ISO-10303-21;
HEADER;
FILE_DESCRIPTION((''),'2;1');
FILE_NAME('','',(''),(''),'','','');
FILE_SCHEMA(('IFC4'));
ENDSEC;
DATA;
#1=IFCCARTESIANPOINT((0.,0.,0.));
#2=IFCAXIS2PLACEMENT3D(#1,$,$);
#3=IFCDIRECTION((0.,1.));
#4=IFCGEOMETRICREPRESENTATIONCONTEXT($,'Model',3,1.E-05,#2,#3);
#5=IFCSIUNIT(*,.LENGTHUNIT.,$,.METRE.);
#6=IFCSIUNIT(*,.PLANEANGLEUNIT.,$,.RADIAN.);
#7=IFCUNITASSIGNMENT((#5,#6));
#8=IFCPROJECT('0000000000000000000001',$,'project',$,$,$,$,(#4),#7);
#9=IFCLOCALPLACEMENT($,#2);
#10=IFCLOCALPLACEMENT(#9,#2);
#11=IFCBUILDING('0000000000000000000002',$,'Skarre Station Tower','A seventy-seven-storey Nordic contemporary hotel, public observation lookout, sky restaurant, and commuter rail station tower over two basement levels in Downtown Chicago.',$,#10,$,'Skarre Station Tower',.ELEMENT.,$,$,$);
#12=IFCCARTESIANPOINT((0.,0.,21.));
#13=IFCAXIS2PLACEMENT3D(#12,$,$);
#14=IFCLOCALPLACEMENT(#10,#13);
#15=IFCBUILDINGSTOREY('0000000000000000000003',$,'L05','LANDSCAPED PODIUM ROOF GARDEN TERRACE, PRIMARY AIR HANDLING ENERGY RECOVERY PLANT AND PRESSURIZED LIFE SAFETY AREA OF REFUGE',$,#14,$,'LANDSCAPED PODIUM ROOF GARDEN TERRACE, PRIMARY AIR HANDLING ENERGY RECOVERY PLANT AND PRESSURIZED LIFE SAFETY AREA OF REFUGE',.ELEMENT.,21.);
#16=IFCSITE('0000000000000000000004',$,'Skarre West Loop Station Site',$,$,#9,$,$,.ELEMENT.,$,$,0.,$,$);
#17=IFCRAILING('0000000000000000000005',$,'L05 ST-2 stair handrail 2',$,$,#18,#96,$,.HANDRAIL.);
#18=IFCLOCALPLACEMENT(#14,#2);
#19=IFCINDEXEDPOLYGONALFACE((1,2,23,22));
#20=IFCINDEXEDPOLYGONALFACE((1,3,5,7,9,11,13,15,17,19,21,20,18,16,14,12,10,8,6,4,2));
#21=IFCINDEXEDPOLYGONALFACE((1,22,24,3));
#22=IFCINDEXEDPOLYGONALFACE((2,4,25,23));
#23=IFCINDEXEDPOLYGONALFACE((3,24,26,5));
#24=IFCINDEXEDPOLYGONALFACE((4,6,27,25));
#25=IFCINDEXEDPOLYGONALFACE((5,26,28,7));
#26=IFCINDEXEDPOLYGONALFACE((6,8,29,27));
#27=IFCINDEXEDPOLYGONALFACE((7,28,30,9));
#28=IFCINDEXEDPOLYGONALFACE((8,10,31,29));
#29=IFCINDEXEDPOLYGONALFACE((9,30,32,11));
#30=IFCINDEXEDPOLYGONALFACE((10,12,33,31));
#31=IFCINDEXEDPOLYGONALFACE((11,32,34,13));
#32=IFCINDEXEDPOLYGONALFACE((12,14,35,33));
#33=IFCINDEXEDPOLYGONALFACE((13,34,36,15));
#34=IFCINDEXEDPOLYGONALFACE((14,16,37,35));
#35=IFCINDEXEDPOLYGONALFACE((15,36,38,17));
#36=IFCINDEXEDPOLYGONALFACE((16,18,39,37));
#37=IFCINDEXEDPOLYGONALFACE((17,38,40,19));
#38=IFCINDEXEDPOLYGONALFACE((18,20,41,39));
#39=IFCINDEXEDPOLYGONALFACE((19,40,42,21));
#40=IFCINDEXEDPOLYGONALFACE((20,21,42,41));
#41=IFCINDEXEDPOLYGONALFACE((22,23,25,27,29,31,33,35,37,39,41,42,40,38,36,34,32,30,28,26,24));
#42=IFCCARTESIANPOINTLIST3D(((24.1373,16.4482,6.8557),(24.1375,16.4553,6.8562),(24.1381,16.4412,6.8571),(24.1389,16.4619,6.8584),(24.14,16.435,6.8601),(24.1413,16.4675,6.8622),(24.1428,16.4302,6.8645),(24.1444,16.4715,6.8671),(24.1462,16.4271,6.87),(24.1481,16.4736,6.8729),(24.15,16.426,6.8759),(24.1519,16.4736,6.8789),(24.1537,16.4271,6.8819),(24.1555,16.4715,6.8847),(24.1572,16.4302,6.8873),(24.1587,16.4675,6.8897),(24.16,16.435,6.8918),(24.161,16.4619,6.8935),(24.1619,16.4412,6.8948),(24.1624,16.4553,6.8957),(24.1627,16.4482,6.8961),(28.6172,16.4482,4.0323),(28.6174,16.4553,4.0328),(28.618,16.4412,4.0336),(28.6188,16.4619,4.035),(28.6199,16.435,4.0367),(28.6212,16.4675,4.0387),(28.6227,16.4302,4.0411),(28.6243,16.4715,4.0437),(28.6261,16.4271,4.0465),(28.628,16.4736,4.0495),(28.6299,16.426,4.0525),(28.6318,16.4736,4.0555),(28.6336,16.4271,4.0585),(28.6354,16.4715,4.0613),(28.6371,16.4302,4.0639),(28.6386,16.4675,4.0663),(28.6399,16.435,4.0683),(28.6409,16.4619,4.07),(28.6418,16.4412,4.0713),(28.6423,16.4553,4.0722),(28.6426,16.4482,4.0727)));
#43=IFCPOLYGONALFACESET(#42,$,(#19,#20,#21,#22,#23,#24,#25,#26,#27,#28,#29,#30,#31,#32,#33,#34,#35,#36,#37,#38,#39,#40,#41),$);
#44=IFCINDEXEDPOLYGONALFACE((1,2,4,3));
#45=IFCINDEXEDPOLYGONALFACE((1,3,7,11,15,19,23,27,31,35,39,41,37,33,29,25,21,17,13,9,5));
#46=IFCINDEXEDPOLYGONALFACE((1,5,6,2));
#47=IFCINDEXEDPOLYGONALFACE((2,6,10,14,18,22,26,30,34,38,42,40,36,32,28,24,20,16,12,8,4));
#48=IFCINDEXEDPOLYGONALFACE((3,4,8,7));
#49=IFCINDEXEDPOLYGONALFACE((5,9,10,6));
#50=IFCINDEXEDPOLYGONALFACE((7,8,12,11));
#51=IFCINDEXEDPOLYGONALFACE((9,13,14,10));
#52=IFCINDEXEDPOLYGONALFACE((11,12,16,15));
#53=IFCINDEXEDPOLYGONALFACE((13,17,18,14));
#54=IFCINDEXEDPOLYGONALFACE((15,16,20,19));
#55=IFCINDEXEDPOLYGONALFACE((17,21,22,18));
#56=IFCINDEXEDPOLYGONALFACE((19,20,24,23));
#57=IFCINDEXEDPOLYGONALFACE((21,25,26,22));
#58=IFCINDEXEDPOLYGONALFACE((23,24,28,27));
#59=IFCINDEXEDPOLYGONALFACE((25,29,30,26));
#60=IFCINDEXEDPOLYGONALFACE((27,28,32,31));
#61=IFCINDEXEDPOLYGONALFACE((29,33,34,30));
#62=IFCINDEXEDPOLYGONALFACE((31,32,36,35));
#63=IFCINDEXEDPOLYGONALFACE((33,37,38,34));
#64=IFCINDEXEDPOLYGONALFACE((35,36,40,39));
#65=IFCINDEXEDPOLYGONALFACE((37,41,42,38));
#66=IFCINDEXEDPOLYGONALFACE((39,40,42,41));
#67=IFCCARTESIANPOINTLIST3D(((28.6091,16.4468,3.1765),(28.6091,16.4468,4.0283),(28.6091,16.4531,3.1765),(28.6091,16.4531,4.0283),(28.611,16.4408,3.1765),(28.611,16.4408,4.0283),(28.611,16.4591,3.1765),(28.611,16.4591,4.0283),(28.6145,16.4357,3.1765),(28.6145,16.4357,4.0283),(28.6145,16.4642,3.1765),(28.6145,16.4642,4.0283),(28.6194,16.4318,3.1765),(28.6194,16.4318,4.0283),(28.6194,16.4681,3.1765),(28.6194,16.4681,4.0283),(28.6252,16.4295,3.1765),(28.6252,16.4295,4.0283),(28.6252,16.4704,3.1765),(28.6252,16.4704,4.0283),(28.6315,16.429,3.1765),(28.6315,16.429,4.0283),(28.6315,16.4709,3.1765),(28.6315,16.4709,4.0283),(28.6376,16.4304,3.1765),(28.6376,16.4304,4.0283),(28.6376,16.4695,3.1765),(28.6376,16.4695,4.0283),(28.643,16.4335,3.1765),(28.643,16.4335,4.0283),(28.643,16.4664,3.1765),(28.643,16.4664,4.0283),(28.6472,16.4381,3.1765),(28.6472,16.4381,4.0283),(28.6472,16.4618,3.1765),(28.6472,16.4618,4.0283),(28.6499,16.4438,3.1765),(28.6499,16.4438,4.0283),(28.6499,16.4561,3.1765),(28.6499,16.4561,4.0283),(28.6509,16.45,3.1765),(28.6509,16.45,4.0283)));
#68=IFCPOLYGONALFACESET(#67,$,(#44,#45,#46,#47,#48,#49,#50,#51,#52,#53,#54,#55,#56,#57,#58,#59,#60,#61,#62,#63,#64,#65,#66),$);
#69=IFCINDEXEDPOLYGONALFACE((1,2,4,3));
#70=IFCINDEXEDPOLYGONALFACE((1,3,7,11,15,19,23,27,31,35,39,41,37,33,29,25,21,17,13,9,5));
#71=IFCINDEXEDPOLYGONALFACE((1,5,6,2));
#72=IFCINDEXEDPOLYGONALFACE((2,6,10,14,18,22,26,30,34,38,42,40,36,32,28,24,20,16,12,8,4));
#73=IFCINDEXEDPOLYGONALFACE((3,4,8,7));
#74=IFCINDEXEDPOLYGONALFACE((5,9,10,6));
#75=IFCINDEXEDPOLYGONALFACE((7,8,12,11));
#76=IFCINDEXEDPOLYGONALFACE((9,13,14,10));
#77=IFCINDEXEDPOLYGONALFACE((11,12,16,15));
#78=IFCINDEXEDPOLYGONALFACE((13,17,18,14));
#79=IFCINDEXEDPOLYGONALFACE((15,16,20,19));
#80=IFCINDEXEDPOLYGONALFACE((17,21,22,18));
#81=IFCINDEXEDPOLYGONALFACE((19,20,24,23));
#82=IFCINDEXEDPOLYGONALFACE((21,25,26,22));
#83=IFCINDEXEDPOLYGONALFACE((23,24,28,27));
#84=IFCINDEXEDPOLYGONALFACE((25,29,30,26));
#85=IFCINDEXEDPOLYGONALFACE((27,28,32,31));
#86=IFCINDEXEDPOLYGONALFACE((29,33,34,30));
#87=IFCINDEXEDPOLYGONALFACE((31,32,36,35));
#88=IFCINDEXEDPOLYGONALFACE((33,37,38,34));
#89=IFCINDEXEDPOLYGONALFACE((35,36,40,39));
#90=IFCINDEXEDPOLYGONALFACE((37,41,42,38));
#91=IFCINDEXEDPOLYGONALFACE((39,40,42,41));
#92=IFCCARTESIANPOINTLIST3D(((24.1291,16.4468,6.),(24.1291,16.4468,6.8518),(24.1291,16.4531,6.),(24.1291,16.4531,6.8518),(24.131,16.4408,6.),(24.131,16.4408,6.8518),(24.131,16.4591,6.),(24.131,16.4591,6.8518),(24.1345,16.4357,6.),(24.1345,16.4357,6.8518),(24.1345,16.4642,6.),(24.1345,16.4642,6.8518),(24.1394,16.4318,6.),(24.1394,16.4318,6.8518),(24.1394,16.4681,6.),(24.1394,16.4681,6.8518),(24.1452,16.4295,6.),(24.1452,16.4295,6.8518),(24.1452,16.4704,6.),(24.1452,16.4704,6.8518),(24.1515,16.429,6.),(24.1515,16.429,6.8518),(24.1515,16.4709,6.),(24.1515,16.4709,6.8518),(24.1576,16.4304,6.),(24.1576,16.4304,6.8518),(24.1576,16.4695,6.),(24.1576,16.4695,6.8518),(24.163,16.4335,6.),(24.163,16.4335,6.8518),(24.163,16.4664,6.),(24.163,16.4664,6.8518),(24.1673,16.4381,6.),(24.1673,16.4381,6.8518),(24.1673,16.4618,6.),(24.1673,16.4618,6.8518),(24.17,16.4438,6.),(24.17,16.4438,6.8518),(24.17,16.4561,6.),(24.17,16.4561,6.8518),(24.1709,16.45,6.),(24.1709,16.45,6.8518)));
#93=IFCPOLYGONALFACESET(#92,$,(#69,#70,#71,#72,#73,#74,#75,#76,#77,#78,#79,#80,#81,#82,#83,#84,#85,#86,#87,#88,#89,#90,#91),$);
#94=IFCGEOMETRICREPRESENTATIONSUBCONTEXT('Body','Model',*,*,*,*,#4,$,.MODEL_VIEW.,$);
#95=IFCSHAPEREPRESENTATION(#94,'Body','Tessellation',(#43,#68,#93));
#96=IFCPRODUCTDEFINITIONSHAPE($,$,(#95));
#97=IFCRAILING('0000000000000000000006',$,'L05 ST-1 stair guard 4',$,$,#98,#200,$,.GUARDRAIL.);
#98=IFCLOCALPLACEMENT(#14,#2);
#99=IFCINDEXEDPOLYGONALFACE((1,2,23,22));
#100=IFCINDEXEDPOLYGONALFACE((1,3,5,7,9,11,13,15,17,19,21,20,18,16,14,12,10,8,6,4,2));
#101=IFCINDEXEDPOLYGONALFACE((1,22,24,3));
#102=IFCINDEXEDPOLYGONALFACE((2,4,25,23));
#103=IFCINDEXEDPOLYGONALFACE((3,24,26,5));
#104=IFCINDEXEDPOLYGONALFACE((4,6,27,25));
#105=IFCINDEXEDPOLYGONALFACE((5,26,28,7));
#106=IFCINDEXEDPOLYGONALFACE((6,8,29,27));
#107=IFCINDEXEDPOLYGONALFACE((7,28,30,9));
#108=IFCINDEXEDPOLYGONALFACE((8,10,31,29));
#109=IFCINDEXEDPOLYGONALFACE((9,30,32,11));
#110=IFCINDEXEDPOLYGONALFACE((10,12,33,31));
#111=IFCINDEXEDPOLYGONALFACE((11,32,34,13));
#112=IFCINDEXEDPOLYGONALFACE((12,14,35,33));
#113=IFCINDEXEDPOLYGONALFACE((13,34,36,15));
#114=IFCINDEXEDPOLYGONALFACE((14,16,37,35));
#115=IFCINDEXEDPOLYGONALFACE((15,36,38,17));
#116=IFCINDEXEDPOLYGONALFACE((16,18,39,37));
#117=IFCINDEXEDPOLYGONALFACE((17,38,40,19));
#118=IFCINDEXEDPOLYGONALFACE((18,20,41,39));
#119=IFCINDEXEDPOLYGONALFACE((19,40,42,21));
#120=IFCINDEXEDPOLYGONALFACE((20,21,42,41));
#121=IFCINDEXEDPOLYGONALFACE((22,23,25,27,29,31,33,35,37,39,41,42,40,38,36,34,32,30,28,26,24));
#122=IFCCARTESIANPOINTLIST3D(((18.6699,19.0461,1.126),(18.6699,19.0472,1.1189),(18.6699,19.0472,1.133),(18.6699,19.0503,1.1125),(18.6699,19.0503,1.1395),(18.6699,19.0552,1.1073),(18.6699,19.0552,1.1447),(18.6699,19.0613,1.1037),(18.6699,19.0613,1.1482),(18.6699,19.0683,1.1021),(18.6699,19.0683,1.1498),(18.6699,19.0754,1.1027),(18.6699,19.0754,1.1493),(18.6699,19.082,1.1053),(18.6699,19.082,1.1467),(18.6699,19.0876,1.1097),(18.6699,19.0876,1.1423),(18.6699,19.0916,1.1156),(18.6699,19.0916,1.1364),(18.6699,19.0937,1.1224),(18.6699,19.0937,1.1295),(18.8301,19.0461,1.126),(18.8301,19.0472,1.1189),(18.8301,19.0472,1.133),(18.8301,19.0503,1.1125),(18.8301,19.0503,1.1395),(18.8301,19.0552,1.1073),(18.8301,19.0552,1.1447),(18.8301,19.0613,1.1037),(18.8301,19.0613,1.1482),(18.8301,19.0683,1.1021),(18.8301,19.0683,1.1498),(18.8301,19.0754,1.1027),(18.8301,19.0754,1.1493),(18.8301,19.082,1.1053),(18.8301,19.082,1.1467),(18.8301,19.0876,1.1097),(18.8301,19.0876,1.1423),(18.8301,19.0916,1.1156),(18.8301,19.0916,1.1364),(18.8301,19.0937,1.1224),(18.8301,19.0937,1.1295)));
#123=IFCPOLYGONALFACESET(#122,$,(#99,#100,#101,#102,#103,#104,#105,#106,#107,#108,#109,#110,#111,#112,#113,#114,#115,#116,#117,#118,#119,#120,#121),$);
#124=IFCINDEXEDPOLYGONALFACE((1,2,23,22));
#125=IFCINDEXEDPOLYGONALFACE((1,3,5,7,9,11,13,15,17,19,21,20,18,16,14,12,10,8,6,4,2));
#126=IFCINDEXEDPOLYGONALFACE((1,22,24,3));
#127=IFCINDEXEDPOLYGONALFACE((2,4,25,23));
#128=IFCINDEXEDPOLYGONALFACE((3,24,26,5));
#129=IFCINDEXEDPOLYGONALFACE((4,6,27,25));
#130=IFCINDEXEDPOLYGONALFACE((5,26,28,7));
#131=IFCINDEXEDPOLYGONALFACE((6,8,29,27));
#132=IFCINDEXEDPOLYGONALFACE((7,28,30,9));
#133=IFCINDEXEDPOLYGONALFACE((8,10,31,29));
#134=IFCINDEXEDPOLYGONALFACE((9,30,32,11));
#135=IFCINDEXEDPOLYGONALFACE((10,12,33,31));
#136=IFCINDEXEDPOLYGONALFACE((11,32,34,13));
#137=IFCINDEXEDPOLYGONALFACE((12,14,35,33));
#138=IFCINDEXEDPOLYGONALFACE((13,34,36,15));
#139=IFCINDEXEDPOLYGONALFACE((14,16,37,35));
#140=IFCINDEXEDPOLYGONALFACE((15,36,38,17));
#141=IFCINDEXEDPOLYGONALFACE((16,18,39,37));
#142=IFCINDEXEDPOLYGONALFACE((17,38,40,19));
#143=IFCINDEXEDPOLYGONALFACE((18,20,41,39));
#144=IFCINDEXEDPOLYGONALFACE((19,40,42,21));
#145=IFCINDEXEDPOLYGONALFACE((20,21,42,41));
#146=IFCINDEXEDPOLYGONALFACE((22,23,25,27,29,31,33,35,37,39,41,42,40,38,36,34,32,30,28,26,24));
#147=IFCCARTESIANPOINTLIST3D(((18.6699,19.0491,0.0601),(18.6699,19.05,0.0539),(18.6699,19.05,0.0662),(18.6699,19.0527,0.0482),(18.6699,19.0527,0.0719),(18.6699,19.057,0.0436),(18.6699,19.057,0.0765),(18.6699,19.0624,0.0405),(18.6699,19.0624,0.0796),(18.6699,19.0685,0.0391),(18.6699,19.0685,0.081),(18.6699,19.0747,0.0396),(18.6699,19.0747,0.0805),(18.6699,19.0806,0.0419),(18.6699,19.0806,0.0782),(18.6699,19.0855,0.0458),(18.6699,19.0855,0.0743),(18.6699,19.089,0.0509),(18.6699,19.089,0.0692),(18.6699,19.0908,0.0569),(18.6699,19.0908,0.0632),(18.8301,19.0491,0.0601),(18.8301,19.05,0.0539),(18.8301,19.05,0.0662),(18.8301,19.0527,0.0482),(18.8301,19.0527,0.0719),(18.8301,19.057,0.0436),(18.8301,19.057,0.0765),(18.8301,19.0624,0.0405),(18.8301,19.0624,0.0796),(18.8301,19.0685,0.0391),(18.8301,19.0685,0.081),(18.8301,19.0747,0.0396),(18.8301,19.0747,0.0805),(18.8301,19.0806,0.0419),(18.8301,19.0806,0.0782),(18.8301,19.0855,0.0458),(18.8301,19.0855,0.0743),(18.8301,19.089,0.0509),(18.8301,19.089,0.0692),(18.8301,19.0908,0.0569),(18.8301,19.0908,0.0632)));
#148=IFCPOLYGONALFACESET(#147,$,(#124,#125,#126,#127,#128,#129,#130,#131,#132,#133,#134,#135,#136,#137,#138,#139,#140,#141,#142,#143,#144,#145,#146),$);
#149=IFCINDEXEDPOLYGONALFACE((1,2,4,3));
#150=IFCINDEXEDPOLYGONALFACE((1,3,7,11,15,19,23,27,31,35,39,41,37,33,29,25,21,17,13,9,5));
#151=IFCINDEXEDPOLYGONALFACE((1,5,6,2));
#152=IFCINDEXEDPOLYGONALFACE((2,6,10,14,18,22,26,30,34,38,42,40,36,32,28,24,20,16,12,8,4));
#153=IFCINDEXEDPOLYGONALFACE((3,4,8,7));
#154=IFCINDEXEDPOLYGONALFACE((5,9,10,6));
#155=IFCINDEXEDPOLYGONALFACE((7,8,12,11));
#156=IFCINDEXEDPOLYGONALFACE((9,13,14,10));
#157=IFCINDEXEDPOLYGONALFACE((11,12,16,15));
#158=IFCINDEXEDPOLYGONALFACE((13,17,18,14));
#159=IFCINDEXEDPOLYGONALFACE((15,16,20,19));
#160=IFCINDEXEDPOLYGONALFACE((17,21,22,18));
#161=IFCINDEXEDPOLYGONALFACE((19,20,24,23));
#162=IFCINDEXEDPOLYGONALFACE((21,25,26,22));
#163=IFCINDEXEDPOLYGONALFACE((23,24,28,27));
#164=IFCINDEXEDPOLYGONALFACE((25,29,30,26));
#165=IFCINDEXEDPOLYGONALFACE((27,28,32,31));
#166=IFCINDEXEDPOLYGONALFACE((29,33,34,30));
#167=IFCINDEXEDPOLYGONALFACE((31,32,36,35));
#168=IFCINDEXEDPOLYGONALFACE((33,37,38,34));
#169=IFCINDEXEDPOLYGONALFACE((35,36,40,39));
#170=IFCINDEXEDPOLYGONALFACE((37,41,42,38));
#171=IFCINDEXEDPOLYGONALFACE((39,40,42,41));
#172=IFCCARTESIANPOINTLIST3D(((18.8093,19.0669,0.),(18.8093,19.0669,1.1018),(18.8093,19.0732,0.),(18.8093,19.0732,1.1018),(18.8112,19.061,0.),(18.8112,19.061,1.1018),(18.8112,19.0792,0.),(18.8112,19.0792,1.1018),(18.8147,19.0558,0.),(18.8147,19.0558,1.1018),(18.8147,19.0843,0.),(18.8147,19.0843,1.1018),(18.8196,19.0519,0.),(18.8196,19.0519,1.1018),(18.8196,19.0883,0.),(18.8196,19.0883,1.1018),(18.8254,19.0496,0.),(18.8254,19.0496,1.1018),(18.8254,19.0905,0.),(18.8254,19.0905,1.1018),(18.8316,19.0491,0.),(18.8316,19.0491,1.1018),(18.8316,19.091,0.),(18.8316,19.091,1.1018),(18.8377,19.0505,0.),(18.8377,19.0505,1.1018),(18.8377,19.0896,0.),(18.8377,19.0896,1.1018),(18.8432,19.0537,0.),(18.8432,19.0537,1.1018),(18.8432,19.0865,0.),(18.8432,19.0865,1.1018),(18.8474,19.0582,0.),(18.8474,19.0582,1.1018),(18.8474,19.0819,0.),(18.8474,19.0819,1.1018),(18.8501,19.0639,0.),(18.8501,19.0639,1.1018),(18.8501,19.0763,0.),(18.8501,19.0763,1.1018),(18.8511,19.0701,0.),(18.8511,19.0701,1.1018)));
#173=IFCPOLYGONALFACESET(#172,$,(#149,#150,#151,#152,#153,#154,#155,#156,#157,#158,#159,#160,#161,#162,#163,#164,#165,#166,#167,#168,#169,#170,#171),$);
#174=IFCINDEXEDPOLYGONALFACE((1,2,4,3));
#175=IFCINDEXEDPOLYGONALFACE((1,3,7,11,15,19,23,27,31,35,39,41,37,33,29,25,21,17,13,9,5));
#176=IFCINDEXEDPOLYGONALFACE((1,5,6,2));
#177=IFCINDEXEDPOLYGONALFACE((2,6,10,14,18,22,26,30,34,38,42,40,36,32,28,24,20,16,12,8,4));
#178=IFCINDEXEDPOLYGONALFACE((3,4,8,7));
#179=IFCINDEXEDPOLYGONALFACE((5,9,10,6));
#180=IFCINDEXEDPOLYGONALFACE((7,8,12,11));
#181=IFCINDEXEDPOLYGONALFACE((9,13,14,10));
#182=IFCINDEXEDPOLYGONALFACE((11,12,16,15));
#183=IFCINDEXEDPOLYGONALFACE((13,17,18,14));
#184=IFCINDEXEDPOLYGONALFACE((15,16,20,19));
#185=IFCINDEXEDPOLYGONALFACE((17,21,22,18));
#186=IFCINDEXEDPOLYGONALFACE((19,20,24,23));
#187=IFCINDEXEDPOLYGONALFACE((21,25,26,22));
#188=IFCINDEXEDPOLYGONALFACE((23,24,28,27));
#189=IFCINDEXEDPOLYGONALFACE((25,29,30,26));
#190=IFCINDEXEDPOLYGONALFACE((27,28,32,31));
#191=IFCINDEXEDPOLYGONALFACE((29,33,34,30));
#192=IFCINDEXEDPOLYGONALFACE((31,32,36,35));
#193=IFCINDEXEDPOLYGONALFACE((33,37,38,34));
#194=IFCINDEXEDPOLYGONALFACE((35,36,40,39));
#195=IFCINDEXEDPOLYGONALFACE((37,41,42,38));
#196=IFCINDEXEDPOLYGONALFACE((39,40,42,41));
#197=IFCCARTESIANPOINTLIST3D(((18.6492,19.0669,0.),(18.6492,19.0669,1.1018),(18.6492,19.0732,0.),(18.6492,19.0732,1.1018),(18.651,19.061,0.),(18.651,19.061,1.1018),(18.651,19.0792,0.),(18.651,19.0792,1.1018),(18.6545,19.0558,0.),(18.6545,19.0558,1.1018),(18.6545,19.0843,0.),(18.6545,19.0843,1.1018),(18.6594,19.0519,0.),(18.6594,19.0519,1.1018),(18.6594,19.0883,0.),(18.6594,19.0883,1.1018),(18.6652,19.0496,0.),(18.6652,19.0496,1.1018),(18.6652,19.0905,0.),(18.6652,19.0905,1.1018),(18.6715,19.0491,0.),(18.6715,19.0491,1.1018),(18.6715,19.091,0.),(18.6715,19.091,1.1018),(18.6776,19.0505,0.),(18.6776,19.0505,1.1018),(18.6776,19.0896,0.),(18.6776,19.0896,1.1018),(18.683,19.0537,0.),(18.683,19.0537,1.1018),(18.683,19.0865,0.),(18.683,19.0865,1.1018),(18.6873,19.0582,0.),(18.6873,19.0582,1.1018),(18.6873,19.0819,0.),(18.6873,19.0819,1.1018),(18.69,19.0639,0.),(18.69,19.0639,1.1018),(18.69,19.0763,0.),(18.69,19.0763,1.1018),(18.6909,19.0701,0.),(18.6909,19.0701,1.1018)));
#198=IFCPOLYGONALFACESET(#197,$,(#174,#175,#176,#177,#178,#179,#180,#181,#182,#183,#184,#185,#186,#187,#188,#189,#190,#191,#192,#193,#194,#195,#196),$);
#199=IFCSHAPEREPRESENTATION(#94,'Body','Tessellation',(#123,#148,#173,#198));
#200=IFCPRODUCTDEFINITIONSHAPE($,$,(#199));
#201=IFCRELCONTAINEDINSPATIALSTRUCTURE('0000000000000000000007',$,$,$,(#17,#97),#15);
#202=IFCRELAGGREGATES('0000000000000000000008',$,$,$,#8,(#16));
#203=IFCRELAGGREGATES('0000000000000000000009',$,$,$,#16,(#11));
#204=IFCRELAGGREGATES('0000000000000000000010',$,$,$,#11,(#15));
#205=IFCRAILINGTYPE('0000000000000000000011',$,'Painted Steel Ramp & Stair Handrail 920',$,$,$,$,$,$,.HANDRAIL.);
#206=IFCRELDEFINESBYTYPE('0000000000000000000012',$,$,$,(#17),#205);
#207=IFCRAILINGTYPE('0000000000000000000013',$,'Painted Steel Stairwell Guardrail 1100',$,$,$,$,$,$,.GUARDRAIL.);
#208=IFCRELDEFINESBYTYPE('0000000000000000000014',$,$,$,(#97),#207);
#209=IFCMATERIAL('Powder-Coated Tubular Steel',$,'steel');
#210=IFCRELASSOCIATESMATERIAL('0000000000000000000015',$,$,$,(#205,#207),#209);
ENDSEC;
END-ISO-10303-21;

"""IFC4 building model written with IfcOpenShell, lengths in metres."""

from ifc_helpers import new_model, si_unit, direction, frame, origin, origin_2d, place, context, subcontext, project, spatial, circle, extrude, material, type_object, element, save


model = new_model("IFC4")

# Units and contexts
model_context = context("Model", 3, precision=1e-05, world=origin(), true_north=direction((0.0, 1.0)))
body_context = subcontext(model_context, "Body", "Model", "MODEL_VIEW")
ifc_project = project(units=[si_unit("LENGTHUNIT", "METRE"), si_unit("PLANEANGLEUNIT", "RADIAN")], contexts=[model_context])

# Site, building, storey
site_placement = place(None, origin())
site = spatial("IfcSite", under=ifc_project, at=site_placement, Name="Skarre West Loop Station Site", CompositionType="ELEMENT", RefElevation=0.0)
building_placement = place(site_placement, origin())
building = spatial("IfcBuilding", under=site, at=building_placement, Name="Skarre Station Tower", Description="A seventy-seven-storey Nordic contemporary hotel, public observation lookout, sky restaurant, and commuter rail station tower over two basement levels in Downtown Chicago.", LongName="Skarre Station Tower", CompositionType="ELEMENT")
storey_placement = place(building_placement, frame((0.0, 0.0, 21.0)))
storey = spatial("IfcBuildingStorey", under=building, at=storey_placement, Name="L05", Description="LANDSCAPED PODIUM ROOF GARDEN TERRACE, PRIMARY AIR HANDLING ENERGY RECOVERY PLANT AND PRESSURIZED LIFE SAFETY AREA OF REFUGE", LongName="LANDSCAPED PODIUM ROOF GARDEN TERRACE, PRIMARY AIR HANDLING ENERGY RECOVERY PLANT AND PRESSURIZED LIFE SAFETY AREA OF REFUGE", CompositionType="ELEMENT", Elevation=21.0)

# Railings
ifc_material_1 = material(Name="Powder-Coated Tubular Steel", Category="steel")
railing_type_1 = type_object("IfcRailingType", Name="Painted Steel Ramp & Stair Handrail 920", PredefinedType="HANDRAIL", material=ifc_material_1)
railing_1_placement = place(storey_placement, frame((28.6299, 16.45, 3.1765)))
element("IfcRailing", 1, at=railing_1_placement, inside=storey, type_object=railing_type_1, Name="L05 ST-2 stair handrail 2", PredefinedType="HANDRAIL", context=body_context, shape_type="SweptSolid", body=[
    extrude(circle(Radius=0.0239, at=origin_2d()), frame((0.0, 0.0, 0.876), z_axis=(-0.845998, 0.0, 0.533186), x_axis=(0.0, -1.0, 0.0)), (0.0, 0.0, 1.0), 5.2954),
    extrude(circle(Radius=0.021, at=origin_2d()), origin(), (0.0, 0.0, 1.0), 0.8518),
    extrude(circle(Radius=0.021, at=origin_2d()), frame((-4.48, 0.0, 2.8235)), (0.0, 0.0, 1.0), 0.8518),
])
railing_type_2 = type_object("IfcRailingType", Name="Painted Steel Stairwell Guardrail 1100", PredefinedType="GUARDRAIL", material=ifc_material_1)
railing_2_placement = place(storey_placement, frame((18.8301, 19.0701, 0.0)))
element("IfcRailing", 2, at=railing_2_placement, inside=storey, type_object=railing_type_2, Name="L05 ST-1 stair guard 4", PredefinedType="GUARDRAIL", context=body_context, shape_type="SweptSolid", body=[
    extrude(circle(Radius=0.0239, at=origin_2d()), frame((0.0, 0.0, 1.126), z_axis=(-1.0, 0.0, 0.0), x_axis=(0.0, -1.0, 0.0)), (0.0, 0.0, 1.0), 0.1602),
    extrude(circle(Radius=0.021, at=origin_2d()), frame((0.0, 0.0, 0.0601), z_axis=(-1.0, 0.0, 0.0), x_axis=(0.0, -1.0, 0.0)), (0.0, 0.0, 1.0), 0.1602),
    extrude(circle(Radius=0.021, at=origin_2d()), origin(), (0.0, 0.0, 1.0), 1.1018),
    extrude(circle(Radius=0.021, at=origin_2d()), frame((-0.1602, 0.0, 0.0)), (0.0, 0.0, 1.0), 1.1018),
])

save(model, "model.ifc")
